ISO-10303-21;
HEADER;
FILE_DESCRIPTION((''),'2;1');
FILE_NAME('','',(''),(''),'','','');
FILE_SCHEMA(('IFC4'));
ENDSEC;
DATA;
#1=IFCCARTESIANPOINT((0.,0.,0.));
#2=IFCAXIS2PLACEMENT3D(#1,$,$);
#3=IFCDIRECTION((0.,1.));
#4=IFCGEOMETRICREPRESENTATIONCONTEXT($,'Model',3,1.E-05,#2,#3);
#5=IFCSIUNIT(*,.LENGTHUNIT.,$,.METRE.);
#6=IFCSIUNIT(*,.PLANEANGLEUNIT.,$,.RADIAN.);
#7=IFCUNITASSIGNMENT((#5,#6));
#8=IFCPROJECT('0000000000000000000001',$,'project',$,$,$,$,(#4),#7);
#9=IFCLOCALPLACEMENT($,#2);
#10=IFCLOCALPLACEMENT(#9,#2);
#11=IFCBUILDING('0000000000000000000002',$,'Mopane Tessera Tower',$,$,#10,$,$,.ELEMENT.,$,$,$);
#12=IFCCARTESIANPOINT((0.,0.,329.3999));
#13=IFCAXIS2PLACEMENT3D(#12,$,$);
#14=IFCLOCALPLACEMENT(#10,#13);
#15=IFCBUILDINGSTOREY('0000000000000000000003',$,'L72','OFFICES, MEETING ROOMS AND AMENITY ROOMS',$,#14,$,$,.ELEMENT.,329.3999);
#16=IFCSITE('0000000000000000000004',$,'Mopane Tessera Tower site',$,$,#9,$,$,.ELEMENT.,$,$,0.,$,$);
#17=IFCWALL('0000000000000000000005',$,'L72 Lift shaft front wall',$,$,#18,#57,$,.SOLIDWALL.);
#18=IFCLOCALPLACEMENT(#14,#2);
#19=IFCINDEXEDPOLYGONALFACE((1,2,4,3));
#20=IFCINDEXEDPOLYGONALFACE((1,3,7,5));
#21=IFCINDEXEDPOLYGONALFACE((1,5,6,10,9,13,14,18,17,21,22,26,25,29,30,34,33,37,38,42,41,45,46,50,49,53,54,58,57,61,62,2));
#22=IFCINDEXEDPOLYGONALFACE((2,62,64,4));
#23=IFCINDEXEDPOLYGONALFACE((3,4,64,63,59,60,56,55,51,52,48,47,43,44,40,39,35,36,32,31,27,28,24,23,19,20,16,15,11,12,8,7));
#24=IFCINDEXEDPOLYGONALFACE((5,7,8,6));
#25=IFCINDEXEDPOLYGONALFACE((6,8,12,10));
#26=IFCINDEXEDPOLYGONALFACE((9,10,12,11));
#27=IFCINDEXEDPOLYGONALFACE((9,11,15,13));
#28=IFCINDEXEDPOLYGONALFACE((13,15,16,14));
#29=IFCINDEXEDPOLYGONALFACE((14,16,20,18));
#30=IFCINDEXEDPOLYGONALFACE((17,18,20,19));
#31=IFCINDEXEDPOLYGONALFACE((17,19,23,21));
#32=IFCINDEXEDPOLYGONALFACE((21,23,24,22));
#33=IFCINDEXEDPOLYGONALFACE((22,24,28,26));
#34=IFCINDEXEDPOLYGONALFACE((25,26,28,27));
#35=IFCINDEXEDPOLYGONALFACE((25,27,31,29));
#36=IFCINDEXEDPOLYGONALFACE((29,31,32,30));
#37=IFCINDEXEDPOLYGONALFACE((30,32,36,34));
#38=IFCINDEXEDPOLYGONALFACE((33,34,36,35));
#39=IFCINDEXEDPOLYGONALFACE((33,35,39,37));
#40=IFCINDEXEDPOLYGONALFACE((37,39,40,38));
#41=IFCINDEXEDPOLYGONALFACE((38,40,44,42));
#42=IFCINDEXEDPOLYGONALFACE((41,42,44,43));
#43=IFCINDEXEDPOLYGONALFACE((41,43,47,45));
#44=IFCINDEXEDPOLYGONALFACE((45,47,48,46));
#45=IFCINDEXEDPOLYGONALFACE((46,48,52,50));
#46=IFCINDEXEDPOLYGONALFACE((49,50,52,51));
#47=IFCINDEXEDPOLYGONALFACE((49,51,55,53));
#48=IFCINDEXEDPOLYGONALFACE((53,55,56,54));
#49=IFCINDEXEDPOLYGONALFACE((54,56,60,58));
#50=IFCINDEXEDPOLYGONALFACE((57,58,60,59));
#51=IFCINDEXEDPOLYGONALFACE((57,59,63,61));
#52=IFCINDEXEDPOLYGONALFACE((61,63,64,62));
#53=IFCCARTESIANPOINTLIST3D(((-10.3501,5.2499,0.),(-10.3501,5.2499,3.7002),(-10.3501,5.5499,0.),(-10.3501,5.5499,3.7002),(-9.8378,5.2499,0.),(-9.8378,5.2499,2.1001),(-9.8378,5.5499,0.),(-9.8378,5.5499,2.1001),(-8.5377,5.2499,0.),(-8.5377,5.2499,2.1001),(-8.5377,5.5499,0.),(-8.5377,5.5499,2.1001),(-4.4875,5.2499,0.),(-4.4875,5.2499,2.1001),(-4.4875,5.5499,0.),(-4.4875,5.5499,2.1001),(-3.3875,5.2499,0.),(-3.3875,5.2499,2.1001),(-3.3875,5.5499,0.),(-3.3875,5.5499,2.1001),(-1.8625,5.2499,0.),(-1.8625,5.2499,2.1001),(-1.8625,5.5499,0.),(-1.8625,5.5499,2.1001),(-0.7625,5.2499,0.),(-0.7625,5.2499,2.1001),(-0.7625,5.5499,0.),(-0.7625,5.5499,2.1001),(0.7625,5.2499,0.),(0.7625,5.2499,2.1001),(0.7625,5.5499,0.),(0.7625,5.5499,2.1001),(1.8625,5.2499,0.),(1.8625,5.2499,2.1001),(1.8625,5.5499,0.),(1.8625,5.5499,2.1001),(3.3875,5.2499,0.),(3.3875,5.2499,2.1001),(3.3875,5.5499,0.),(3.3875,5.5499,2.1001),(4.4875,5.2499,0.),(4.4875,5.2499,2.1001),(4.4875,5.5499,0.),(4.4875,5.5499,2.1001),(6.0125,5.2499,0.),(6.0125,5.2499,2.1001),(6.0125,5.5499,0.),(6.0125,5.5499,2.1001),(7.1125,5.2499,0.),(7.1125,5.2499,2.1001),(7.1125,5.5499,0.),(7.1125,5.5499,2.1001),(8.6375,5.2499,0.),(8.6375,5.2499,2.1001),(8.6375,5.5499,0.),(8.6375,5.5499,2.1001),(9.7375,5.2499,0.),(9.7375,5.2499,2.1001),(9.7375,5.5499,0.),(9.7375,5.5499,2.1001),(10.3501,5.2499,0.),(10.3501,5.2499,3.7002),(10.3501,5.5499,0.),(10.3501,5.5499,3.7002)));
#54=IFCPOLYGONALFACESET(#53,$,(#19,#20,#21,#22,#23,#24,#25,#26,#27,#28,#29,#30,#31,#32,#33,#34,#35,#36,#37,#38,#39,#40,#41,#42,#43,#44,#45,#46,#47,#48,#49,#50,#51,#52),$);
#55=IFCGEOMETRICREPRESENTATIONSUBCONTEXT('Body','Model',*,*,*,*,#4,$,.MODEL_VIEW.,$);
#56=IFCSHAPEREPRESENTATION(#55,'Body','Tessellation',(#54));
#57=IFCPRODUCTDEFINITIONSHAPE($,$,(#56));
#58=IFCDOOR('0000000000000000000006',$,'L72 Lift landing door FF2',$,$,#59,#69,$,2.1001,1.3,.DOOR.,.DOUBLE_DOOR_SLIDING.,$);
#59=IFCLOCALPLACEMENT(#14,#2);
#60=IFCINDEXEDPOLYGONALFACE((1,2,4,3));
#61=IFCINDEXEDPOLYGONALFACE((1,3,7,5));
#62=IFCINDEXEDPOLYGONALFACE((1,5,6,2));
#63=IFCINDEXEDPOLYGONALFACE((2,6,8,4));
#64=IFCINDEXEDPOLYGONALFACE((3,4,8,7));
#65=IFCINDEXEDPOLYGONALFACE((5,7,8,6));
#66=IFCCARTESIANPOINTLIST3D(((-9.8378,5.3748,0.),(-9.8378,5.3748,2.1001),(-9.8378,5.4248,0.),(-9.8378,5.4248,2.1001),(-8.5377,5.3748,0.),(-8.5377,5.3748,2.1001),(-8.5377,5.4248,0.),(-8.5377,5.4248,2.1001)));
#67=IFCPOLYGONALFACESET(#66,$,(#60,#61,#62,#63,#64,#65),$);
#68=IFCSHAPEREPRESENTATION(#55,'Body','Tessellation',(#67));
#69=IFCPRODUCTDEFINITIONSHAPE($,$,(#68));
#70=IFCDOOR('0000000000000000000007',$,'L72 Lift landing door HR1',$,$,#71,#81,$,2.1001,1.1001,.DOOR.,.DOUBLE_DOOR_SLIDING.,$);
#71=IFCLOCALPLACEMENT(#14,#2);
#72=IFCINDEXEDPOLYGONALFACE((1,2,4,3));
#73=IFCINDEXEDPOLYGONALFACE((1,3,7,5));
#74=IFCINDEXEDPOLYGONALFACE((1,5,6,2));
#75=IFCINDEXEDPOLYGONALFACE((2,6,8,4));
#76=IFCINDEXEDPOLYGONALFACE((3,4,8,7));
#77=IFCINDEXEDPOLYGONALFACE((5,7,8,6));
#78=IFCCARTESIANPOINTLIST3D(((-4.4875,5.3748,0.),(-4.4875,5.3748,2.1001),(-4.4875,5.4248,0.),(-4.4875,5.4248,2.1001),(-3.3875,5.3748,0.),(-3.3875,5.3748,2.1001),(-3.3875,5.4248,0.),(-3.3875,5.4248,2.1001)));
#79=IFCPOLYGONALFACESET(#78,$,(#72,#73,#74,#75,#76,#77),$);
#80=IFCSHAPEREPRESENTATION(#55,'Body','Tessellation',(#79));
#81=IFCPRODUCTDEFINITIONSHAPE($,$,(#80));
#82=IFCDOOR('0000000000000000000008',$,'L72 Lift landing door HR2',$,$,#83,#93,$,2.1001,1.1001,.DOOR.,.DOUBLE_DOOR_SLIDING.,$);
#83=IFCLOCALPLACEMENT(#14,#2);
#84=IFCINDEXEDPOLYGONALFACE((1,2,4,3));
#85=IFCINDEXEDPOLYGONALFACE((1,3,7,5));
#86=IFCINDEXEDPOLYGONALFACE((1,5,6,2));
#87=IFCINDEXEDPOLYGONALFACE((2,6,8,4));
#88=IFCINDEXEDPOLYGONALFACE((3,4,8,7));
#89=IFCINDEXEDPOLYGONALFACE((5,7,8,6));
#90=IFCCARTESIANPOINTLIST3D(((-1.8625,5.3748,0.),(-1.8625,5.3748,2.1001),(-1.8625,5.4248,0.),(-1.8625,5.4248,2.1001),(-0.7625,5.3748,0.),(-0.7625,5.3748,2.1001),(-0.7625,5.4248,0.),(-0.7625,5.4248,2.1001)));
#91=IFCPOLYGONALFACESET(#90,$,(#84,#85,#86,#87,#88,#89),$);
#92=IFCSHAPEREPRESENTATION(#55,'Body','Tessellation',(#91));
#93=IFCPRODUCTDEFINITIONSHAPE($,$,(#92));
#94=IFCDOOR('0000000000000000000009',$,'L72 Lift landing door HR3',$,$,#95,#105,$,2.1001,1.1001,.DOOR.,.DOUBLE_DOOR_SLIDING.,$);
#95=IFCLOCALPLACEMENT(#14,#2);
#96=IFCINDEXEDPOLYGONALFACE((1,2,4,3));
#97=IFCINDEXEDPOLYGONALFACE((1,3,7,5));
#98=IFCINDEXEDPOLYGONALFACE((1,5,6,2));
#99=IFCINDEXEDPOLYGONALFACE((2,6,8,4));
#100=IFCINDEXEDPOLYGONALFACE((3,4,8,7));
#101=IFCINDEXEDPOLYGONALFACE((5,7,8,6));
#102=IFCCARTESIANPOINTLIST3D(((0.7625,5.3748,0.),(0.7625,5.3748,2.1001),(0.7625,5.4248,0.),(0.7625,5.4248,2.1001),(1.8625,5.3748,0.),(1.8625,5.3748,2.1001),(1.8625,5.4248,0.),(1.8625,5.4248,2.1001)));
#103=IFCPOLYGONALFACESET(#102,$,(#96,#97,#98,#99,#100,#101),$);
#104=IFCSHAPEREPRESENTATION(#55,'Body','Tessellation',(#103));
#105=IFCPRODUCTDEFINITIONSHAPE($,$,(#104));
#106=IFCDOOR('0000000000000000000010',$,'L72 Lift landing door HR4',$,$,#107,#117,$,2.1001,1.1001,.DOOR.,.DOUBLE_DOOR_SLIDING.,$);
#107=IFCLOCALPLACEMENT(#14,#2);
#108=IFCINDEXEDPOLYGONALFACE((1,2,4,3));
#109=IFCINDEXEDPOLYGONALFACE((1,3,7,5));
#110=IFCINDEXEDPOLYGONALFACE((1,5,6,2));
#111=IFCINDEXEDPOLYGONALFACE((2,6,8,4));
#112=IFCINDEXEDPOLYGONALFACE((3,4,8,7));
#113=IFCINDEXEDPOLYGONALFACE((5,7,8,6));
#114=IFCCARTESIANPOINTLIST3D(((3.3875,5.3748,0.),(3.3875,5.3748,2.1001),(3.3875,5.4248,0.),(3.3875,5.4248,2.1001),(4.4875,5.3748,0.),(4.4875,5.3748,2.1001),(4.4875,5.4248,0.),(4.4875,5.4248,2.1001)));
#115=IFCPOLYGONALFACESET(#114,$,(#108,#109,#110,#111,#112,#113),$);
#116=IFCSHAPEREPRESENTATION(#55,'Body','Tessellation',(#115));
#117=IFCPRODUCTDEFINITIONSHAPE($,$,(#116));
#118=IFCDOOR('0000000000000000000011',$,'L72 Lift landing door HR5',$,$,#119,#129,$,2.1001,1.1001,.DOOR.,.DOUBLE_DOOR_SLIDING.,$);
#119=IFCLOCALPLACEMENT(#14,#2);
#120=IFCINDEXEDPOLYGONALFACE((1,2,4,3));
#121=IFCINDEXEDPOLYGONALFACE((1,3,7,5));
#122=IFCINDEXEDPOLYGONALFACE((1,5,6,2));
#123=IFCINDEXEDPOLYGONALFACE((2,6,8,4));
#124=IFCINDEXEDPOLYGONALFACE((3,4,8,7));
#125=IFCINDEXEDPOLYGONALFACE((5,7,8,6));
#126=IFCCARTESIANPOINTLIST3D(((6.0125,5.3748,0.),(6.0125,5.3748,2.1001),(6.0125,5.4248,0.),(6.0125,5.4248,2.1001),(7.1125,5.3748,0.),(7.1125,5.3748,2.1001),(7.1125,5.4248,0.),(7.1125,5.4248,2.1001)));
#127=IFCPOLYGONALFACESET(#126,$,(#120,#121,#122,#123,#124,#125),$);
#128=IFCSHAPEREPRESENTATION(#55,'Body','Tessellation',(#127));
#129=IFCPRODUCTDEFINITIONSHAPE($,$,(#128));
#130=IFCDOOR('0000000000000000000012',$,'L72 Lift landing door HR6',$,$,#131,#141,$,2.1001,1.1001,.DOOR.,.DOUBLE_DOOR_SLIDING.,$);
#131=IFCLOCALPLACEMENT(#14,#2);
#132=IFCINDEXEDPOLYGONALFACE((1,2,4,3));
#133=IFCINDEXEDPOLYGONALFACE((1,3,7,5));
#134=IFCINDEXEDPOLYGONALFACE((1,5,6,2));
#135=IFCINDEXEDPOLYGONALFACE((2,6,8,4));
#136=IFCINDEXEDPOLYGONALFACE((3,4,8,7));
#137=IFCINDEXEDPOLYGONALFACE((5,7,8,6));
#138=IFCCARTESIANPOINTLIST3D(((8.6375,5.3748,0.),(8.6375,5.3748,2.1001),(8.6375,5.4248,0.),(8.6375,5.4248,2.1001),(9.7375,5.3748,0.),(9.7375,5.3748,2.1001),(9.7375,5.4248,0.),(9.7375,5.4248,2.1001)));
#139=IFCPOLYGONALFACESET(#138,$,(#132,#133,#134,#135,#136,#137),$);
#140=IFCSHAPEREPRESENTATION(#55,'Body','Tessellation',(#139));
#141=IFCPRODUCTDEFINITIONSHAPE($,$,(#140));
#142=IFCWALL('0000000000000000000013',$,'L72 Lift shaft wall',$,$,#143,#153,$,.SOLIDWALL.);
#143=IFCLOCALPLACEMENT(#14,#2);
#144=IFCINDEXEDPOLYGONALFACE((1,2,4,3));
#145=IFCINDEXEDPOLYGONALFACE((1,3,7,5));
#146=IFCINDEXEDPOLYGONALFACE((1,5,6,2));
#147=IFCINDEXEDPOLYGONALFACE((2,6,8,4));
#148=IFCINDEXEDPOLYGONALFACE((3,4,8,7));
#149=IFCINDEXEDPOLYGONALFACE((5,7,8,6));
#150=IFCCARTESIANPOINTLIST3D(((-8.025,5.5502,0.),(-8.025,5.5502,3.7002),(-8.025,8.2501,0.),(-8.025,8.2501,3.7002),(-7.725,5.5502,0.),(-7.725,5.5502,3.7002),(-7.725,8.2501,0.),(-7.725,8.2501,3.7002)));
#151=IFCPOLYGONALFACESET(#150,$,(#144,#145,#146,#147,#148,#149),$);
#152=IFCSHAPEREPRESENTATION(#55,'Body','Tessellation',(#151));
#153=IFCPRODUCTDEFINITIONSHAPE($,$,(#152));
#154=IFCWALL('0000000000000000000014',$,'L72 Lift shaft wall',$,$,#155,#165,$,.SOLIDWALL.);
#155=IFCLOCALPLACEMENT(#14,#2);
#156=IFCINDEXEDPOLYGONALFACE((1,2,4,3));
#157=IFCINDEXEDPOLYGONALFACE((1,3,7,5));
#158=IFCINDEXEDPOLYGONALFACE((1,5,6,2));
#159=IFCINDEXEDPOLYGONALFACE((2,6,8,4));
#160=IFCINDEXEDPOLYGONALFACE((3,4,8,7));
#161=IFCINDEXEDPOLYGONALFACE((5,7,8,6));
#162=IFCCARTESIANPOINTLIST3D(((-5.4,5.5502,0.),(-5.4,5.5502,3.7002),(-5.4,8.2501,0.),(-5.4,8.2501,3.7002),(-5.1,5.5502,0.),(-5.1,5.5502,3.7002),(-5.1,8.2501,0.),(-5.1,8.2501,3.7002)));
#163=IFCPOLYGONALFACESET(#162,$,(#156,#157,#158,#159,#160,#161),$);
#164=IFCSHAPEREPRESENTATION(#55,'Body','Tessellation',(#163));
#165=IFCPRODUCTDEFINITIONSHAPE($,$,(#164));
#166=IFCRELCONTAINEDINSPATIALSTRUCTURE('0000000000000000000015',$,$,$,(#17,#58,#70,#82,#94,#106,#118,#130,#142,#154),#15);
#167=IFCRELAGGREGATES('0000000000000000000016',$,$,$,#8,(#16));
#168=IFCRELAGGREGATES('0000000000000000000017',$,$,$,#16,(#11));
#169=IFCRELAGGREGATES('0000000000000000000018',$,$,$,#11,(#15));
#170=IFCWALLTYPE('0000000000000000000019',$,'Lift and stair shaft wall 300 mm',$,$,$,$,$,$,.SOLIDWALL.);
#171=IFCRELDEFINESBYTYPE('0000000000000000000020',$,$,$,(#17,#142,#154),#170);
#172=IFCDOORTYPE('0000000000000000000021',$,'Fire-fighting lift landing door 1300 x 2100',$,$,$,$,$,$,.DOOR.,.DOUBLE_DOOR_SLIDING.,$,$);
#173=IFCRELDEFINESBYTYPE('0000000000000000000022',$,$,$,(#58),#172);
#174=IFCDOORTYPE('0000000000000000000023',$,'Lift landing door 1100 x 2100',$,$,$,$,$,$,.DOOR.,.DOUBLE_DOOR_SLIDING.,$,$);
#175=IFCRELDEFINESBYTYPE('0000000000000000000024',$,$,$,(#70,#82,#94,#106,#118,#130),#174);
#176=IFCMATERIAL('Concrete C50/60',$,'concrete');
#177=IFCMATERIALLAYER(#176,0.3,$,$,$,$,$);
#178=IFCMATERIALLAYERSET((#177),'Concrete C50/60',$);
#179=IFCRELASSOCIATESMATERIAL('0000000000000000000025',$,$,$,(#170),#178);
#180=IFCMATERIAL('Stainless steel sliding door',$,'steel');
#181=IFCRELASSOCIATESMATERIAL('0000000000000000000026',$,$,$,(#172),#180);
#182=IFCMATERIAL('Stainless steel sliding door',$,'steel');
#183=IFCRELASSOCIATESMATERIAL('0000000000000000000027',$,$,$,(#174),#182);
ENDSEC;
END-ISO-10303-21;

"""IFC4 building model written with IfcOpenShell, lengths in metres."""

from ifc_helpers import new_model, si_unit, direction, frame, frame_2d, origin, place, context, subcontext, project, spatial, rectangle, extrude, material, layer, layer_set, type_object, element, fill, save


model = new_model("IFC4")

# Units and contexts
model_context = context("Model", 3, precision=1e-05, world=origin(), true_north=direction((0.0, 1.0)))
body_context = subcontext(model_context, "Body", "Model", "MODEL_VIEW")
ifc_project = project(units=[si_unit("LENGTHUNIT", "METRE"), si_unit("PLANEANGLEUNIT", "RADIAN")], contexts=[model_context])

# Site, building, storey
site_placement = place(None, origin())
site = spatial("IfcSite", under=ifc_project, at=site_placement, Name="Mopane Tessera Tower site", CompositionType="ELEMENT", RefElevation=0.0)
building_placement = place(site_placement, origin())
building = spatial("IfcBuilding", under=site, at=building_placement, Name="Mopane Tessera Tower", CompositionType="ELEMENT")
storey_placement = place(building_placement, frame((0.0, 0.0, 329.3999)))
storey = spatial("IfcBuildingStorey", under=building, at=storey_placement, Name="L72", Description="OFFICES, MEETING ROOMS AND AMENITY ROOMS", CompositionType="ELEMENT", Elevation=329.3999)

# Shared definitions
ifc_material_1 = material(Name="Concrete C50/60", Category="concrete")
ifc_layer_1 = layer(ifc_material_1, 0.3)
ifc_layer_set_1 = layer_set([ifc_layer_1], Name="Concrete C50/60")
wall_type_1 = type_object("IfcWallType", Name="Lift and stair shaft wall 300 mm", PredefinedType="SOLIDWALL", material=ifc_layer_set_1)

# Wall, openings, doors
ifc_material_2 = material(Name="Stainless steel sliding door", Category="steel")
door_type_1 = type_object("IfcDoorType", Name="Fire-fighting lift landing door 1300 x 2100", OperationType="DOUBLE_DOOR_SLIDING", PredefinedType="DOOR", material=ifc_material_2)
wall_1_placement = place(storey_placement, frame((-10.3501, 5.3999, 0.0), z_axis=(0.0, 0.0, 1.0), x_axis=(1.0, 0.0, 0.0)))
wall_1 = element("IfcWall", 1, at=wall_1_placement, inside=storey, type_object=wall_type_1, Name="L72 Lift shaft front wall", PredefinedType="SOLIDWALL", context=body_context, shape_type="SweptSolid", body=[
    extrude(rectangle(XDim=20.7002, YDim=0.3, at=frame_2d((10.3501, 0.0))), origin(), (0.0, 0.0, 1.0), 3.7002),
])
opening_1_placement = place(wall_1_placement, frame((0.5125, 0.0, 0.0)))
opening_1 = element("IfcOpeningElement", 2, at=opening_1_placement, cuts=wall_1, PredefinedType="OPENING", context=body_context, shape_type="SweptSolid", body=[
    extrude(rectangle(XDim=1.3, YDim=2.1001, at=frame_2d((0.6499, 1.05))), frame((0.0, 0.1621, 0.0), z_axis=(0.0, -1.0, 0.0), x_axis=(1.0, 0.0, 0.0)), (0.0, 0.0, 1.0), 0.324),
])
opening_2_placement = place(wall_1_placement, frame((5.8625, 0.0, 0.0)))
opening_2 = element("IfcOpeningElement", 3, at=opening_2_placement, cuts=wall_1, PredefinedType="OPENING", context=body_context, shape_type="SweptSolid", body=[
    extrude(rectangle(XDim=1.1001, YDim=2.1001, at=frame_2d((0.55, 1.05))), frame((0.0, 0.1621, 0.0), z_axis=(0.0, -1.0, 0.0), x_axis=(1.0, 0.0, 0.0)), (0.0, 0.0, 1.0), 0.324),
])
opening_3_placement = place(wall_1_placement, frame((8.4875, 0.0, 0.0)))
opening_3 = element("IfcOpeningElement", 4, at=opening_3_placement, cuts=wall_1, PredefinedType="OPENING", context=body_context, shape_type="SweptSolid", body=[
    extrude(rectangle(XDim=1.1001, YDim=2.1001, at=frame_2d((0.55, 1.05))), frame((0.0, 0.1621, 0.0), z_axis=(0.0, -1.0, 0.0), x_axis=(1.0, 0.0, 0.0)), (0.0, 0.0, 1.0), 0.324),
])
opening_4_placement = place(wall_1_placement, frame((11.1125, 0.0, 0.0)))
opening_4 = element("IfcOpeningElement", 5, at=opening_4_placement, cuts=wall_1, PredefinedType="OPENING", context=body_context, shape_type="SweptSolid", body=[
    extrude(rectangle(XDim=1.1001, YDim=2.1001, at=frame_2d((0.55, 1.05))), frame((0.0, 0.1621, 0.0), z_axis=(0.0, -1.0, 0.0), x_axis=(1.0, 0.0, 0.0)), (0.0, 0.0, 1.0), 0.324),
])
opening_5_placement = place(wall_1_placement, frame((13.7375, 0.0, 0.0)))
opening_5 = element("IfcOpeningElement", 6, at=opening_5_placement, cuts=wall_1, PredefinedType="OPENING", context=body_context, shape_type="SweptSolid", body=[
    extrude(rectangle(XDim=1.1001, YDim=2.1001, at=frame_2d((0.55, 1.05))), frame((0.0, 0.1621, 0.0), z_axis=(0.0, -1.0, 0.0), x_axis=(1.0, 0.0, 0.0)), (0.0, 0.0, 1.0), 0.324),
])
opening_6_placement = place(wall_1_placement, frame((16.3625, 0.0, 0.0)))
opening_6 = element("IfcOpeningElement", 7, at=opening_6_placement, cuts=wall_1, PredefinedType="OPENING", context=body_context, shape_type="SweptSolid", body=[
    extrude(rectangle(XDim=1.1001, YDim=2.1001, at=frame_2d((0.55, 1.05))), frame((0.0, 0.1621, 0.0), z_axis=(0.0, -1.0, 0.0), x_axis=(1.0, 0.0, 0.0)), (0.0, 0.0, 1.0), 0.324),
])
opening_7_placement = place(wall_1_placement, frame((18.9875, 0.0, 0.0)))
opening_7 = element("IfcOpeningElement", 8, at=opening_7_placement, cuts=wall_1, PredefinedType="OPENING", context=body_context, shape_type="SweptSolid", body=[
    extrude(rectangle(XDim=1.1001, YDim=2.1001, at=frame_2d((0.55, 1.05))), frame((0.0, 0.1621, 0.0), z_axis=(0.0, -1.0, 0.0), x_axis=(1.0, 0.0, 0.0)), (0.0, 0.0, 1.0), 0.324),
])
door_1_placement = place(opening_1_placement, origin())
door_1 = element("IfcDoor", 9, at=door_1_placement, inside=storey, type_object=door_type_1, Name="L72 Lift landing door FF2", OperationType="DOUBLE_DOOR_SLIDING", OverallHeight=2.1001, OverallWidth=1.3, PredefinedType="DOOR", context=body_context, shape_type="SweptSolid", body=[
    extrude(rectangle(XDim=1.3, YDim=2.1001, at=frame_2d((0.6499, 1.05))), frame((0.0, 0.0249, 0.0), z_axis=(0.0, -1.0, 0.0), x_axis=(1.0, 0.0, 0.0)), (0.0, 0.0, 1.0), 0.05),
])
fill(opening_1, door_1)
ifc_material_3 = material(Name="Stainless steel sliding door", Category="steel")
door_type_2 = type_object("IfcDoorType", Name="Lift landing door 1100 x 2100", OperationType="DOUBLE_DOOR_SLIDING", PredefinedType="DOOR", material=ifc_material_3)
door_2_placement = place(opening_2_placement, origin())
door_2 = element("IfcDoor", 10, at=door_2_placement, inside=storey, type_object=door_type_2, Name="L72 Lift landing door HR1", OperationType="DOUBLE_DOOR_SLIDING", OverallHeight=2.1001, OverallWidth=1.1001, PredefinedType="DOOR", context=body_context, shape_type="SweptSolid", body=[
    extrude(rectangle(XDim=1.1001, YDim=2.1001, at=frame_2d((0.55, 1.05))), frame((0.0, 0.0249, 0.0), z_axis=(0.0, -1.0, 0.0), x_axis=(1.0, 0.0, 0.0)), (0.0, 0.0, 1.0), 0.05),
])
fill(opening_2, door_2)
door_3_placement = place(opening_3_placement, origin())
door_3 = element("IfcDoor", 11, at=door_3_placement, inside=storey, type_object=door_type_2, Name="L72 Lift landing door HR2", OperationType="DOUBLE_DOOR_SLIDING", OverallHeight=2.1001, OverallWidth=1.1001, PredefinedType="DOOR", context=body_context, shape_type="SweptSolid", body=[
    extrude(rectangle(XDim=1.1001, YDim=2.1001, at=frame_2d((0.55, 1.05))), frame((0.0, 0.0249, 0.0), z_axis=(0.0, -1.0, 0.0), x_axis=(1.0, 0.0, 0.0)), (0.0, 0.0, 1.0), 0.05),
])
fill(opening_3, door_3)
door_4_placement = place(opening_4_placement, origin())
door_4 = element("IfcDoor", 12, at=door_4_placement, inside=storey, type_object=door_type_2, Name="L72 Lift landing door HR3", OperationType="DOUBLE_DOOR_SLIDING", OverallHeight=2.1001, OverallWidth=1.1001, PredefinedType="DOOR", context=body_context, shape_type="SweptSolid", body=[
    extrude(rectangle(XDim=1.1001, YDim=2.1001, at=frame_2d((0.55, 1.05))), frame((0.0, 0.0249, 0.0), z_axis=(0.0, -1.0, 0.0), x_axis=(1.0, 0.0, 0.0)), (0.0, 0.0, 1.0), 0.05),
])
fill(opening_4, door_4)
door_5_placement = place(opening_5_placement, origin())
door_5 = element("IfcDoor", 13, at=door_5_placement, inside=storey, type_object=door_type_2, Name="L72 Lift landing door HR4", OperationType="DOUBLE_DOOR_SLIDING", OverallHeight=2.1001, OverallWidth=1.1001, PredefinedType="DOOR", context=body_context, shape_type="SweptSolid", body=[
    extrude(rectangle(XDim=1.1001, YDim=2.1001, at=frame_2d((0.55, 1.05))), frame((0.0, 0.0249, 0.0), z_axis=(0.0, -1.0, 0.0), x_axis=(1.0, 0.0, 0.0)), (0.0, 0.0, 1.0), 0.05),
])
fill(opening_5, door_5)
door_6_placement = place(opening_6_placement, origin())
door_6 = element("IfcDoor", 14, at=door_6_placement, inside=storey, type_object=door_type_2, Name="L72 Lift landing door HR5", OperationType="DOUBLE_DOOR_SLIDING", OverallHeight=2.1001, OverallWidth=1.1001, PredefinedType="DOOR", context=body_context, shape_type="SweptSolid", body=[
    extrude(rectangle(XDim=1.1001, YDim=2.1001, at=frame_2d((0.55, 1.05))), frame((0.0, 0.0249, 0.0), z_axis=(0.0, -1.0, 0.0), x_axis=(1.0, 0.0, 0.0)), (0.0, 0.0, 1.0), 0.05),
])
fill(opening_6, door_6)
door_7_placement = place(opening_7_placement, origin())
door_7 = element("IfcDoor", 15, at=door_7_placement, inside=storey, type_object=door_type_2, Name="L72 Lift landing door HR6", OperationType="DOUBLE_DOOR_SLIDING", OverallHeight=2.1001, OverallWidth=1.1001, PredefinedType="DOOR", context=body_context, shape_type="SweptSolid", body=[
    extrude(rectangle(XDim=1.1001, YDim=2.1001, at=frame_2d((0.55, 1.05))), frame((0.0, 0.0249, 0.0), z_axis=(0.0, -1.0, 0.0), x_axis=(1.0, 0.0, 0.0)), (0.0, 0.0, 1.0), 0.05),
])
fill(opening_7, door_7)

# Walls
for number, where, z_axis, x_axis, name in (
    (16, (-7.875, 5.55, 0.0), (0.0, 0.0, 1.0), (0.0, 1.0, 0.0), "L72 Lift shaft wall"),
    (17, (-5.25, 5.55, 0.0), (0.0, 0.0, 1.0), (0.0, 1.0, 0.0), "L72 Lift shaft wall"),
):
    element("IfcWall", number, at=place(storey_placement, frame(where, z_axis=z_axis, x_axis=x_axis)), inside=storey, type_object=wall_type_1, Name=name, PredefinedType="SOLIDWALL", context=body_context, shape_type="SweptSolid", body=[
        extrude(rectangle(XDim=2.7, YDim=0.3, at=frame_2d((1.3501, 0.0))), origin(), (0.0, 0.0, 1.0), 3.7002),
    ])

save(model, "model.ifc")
